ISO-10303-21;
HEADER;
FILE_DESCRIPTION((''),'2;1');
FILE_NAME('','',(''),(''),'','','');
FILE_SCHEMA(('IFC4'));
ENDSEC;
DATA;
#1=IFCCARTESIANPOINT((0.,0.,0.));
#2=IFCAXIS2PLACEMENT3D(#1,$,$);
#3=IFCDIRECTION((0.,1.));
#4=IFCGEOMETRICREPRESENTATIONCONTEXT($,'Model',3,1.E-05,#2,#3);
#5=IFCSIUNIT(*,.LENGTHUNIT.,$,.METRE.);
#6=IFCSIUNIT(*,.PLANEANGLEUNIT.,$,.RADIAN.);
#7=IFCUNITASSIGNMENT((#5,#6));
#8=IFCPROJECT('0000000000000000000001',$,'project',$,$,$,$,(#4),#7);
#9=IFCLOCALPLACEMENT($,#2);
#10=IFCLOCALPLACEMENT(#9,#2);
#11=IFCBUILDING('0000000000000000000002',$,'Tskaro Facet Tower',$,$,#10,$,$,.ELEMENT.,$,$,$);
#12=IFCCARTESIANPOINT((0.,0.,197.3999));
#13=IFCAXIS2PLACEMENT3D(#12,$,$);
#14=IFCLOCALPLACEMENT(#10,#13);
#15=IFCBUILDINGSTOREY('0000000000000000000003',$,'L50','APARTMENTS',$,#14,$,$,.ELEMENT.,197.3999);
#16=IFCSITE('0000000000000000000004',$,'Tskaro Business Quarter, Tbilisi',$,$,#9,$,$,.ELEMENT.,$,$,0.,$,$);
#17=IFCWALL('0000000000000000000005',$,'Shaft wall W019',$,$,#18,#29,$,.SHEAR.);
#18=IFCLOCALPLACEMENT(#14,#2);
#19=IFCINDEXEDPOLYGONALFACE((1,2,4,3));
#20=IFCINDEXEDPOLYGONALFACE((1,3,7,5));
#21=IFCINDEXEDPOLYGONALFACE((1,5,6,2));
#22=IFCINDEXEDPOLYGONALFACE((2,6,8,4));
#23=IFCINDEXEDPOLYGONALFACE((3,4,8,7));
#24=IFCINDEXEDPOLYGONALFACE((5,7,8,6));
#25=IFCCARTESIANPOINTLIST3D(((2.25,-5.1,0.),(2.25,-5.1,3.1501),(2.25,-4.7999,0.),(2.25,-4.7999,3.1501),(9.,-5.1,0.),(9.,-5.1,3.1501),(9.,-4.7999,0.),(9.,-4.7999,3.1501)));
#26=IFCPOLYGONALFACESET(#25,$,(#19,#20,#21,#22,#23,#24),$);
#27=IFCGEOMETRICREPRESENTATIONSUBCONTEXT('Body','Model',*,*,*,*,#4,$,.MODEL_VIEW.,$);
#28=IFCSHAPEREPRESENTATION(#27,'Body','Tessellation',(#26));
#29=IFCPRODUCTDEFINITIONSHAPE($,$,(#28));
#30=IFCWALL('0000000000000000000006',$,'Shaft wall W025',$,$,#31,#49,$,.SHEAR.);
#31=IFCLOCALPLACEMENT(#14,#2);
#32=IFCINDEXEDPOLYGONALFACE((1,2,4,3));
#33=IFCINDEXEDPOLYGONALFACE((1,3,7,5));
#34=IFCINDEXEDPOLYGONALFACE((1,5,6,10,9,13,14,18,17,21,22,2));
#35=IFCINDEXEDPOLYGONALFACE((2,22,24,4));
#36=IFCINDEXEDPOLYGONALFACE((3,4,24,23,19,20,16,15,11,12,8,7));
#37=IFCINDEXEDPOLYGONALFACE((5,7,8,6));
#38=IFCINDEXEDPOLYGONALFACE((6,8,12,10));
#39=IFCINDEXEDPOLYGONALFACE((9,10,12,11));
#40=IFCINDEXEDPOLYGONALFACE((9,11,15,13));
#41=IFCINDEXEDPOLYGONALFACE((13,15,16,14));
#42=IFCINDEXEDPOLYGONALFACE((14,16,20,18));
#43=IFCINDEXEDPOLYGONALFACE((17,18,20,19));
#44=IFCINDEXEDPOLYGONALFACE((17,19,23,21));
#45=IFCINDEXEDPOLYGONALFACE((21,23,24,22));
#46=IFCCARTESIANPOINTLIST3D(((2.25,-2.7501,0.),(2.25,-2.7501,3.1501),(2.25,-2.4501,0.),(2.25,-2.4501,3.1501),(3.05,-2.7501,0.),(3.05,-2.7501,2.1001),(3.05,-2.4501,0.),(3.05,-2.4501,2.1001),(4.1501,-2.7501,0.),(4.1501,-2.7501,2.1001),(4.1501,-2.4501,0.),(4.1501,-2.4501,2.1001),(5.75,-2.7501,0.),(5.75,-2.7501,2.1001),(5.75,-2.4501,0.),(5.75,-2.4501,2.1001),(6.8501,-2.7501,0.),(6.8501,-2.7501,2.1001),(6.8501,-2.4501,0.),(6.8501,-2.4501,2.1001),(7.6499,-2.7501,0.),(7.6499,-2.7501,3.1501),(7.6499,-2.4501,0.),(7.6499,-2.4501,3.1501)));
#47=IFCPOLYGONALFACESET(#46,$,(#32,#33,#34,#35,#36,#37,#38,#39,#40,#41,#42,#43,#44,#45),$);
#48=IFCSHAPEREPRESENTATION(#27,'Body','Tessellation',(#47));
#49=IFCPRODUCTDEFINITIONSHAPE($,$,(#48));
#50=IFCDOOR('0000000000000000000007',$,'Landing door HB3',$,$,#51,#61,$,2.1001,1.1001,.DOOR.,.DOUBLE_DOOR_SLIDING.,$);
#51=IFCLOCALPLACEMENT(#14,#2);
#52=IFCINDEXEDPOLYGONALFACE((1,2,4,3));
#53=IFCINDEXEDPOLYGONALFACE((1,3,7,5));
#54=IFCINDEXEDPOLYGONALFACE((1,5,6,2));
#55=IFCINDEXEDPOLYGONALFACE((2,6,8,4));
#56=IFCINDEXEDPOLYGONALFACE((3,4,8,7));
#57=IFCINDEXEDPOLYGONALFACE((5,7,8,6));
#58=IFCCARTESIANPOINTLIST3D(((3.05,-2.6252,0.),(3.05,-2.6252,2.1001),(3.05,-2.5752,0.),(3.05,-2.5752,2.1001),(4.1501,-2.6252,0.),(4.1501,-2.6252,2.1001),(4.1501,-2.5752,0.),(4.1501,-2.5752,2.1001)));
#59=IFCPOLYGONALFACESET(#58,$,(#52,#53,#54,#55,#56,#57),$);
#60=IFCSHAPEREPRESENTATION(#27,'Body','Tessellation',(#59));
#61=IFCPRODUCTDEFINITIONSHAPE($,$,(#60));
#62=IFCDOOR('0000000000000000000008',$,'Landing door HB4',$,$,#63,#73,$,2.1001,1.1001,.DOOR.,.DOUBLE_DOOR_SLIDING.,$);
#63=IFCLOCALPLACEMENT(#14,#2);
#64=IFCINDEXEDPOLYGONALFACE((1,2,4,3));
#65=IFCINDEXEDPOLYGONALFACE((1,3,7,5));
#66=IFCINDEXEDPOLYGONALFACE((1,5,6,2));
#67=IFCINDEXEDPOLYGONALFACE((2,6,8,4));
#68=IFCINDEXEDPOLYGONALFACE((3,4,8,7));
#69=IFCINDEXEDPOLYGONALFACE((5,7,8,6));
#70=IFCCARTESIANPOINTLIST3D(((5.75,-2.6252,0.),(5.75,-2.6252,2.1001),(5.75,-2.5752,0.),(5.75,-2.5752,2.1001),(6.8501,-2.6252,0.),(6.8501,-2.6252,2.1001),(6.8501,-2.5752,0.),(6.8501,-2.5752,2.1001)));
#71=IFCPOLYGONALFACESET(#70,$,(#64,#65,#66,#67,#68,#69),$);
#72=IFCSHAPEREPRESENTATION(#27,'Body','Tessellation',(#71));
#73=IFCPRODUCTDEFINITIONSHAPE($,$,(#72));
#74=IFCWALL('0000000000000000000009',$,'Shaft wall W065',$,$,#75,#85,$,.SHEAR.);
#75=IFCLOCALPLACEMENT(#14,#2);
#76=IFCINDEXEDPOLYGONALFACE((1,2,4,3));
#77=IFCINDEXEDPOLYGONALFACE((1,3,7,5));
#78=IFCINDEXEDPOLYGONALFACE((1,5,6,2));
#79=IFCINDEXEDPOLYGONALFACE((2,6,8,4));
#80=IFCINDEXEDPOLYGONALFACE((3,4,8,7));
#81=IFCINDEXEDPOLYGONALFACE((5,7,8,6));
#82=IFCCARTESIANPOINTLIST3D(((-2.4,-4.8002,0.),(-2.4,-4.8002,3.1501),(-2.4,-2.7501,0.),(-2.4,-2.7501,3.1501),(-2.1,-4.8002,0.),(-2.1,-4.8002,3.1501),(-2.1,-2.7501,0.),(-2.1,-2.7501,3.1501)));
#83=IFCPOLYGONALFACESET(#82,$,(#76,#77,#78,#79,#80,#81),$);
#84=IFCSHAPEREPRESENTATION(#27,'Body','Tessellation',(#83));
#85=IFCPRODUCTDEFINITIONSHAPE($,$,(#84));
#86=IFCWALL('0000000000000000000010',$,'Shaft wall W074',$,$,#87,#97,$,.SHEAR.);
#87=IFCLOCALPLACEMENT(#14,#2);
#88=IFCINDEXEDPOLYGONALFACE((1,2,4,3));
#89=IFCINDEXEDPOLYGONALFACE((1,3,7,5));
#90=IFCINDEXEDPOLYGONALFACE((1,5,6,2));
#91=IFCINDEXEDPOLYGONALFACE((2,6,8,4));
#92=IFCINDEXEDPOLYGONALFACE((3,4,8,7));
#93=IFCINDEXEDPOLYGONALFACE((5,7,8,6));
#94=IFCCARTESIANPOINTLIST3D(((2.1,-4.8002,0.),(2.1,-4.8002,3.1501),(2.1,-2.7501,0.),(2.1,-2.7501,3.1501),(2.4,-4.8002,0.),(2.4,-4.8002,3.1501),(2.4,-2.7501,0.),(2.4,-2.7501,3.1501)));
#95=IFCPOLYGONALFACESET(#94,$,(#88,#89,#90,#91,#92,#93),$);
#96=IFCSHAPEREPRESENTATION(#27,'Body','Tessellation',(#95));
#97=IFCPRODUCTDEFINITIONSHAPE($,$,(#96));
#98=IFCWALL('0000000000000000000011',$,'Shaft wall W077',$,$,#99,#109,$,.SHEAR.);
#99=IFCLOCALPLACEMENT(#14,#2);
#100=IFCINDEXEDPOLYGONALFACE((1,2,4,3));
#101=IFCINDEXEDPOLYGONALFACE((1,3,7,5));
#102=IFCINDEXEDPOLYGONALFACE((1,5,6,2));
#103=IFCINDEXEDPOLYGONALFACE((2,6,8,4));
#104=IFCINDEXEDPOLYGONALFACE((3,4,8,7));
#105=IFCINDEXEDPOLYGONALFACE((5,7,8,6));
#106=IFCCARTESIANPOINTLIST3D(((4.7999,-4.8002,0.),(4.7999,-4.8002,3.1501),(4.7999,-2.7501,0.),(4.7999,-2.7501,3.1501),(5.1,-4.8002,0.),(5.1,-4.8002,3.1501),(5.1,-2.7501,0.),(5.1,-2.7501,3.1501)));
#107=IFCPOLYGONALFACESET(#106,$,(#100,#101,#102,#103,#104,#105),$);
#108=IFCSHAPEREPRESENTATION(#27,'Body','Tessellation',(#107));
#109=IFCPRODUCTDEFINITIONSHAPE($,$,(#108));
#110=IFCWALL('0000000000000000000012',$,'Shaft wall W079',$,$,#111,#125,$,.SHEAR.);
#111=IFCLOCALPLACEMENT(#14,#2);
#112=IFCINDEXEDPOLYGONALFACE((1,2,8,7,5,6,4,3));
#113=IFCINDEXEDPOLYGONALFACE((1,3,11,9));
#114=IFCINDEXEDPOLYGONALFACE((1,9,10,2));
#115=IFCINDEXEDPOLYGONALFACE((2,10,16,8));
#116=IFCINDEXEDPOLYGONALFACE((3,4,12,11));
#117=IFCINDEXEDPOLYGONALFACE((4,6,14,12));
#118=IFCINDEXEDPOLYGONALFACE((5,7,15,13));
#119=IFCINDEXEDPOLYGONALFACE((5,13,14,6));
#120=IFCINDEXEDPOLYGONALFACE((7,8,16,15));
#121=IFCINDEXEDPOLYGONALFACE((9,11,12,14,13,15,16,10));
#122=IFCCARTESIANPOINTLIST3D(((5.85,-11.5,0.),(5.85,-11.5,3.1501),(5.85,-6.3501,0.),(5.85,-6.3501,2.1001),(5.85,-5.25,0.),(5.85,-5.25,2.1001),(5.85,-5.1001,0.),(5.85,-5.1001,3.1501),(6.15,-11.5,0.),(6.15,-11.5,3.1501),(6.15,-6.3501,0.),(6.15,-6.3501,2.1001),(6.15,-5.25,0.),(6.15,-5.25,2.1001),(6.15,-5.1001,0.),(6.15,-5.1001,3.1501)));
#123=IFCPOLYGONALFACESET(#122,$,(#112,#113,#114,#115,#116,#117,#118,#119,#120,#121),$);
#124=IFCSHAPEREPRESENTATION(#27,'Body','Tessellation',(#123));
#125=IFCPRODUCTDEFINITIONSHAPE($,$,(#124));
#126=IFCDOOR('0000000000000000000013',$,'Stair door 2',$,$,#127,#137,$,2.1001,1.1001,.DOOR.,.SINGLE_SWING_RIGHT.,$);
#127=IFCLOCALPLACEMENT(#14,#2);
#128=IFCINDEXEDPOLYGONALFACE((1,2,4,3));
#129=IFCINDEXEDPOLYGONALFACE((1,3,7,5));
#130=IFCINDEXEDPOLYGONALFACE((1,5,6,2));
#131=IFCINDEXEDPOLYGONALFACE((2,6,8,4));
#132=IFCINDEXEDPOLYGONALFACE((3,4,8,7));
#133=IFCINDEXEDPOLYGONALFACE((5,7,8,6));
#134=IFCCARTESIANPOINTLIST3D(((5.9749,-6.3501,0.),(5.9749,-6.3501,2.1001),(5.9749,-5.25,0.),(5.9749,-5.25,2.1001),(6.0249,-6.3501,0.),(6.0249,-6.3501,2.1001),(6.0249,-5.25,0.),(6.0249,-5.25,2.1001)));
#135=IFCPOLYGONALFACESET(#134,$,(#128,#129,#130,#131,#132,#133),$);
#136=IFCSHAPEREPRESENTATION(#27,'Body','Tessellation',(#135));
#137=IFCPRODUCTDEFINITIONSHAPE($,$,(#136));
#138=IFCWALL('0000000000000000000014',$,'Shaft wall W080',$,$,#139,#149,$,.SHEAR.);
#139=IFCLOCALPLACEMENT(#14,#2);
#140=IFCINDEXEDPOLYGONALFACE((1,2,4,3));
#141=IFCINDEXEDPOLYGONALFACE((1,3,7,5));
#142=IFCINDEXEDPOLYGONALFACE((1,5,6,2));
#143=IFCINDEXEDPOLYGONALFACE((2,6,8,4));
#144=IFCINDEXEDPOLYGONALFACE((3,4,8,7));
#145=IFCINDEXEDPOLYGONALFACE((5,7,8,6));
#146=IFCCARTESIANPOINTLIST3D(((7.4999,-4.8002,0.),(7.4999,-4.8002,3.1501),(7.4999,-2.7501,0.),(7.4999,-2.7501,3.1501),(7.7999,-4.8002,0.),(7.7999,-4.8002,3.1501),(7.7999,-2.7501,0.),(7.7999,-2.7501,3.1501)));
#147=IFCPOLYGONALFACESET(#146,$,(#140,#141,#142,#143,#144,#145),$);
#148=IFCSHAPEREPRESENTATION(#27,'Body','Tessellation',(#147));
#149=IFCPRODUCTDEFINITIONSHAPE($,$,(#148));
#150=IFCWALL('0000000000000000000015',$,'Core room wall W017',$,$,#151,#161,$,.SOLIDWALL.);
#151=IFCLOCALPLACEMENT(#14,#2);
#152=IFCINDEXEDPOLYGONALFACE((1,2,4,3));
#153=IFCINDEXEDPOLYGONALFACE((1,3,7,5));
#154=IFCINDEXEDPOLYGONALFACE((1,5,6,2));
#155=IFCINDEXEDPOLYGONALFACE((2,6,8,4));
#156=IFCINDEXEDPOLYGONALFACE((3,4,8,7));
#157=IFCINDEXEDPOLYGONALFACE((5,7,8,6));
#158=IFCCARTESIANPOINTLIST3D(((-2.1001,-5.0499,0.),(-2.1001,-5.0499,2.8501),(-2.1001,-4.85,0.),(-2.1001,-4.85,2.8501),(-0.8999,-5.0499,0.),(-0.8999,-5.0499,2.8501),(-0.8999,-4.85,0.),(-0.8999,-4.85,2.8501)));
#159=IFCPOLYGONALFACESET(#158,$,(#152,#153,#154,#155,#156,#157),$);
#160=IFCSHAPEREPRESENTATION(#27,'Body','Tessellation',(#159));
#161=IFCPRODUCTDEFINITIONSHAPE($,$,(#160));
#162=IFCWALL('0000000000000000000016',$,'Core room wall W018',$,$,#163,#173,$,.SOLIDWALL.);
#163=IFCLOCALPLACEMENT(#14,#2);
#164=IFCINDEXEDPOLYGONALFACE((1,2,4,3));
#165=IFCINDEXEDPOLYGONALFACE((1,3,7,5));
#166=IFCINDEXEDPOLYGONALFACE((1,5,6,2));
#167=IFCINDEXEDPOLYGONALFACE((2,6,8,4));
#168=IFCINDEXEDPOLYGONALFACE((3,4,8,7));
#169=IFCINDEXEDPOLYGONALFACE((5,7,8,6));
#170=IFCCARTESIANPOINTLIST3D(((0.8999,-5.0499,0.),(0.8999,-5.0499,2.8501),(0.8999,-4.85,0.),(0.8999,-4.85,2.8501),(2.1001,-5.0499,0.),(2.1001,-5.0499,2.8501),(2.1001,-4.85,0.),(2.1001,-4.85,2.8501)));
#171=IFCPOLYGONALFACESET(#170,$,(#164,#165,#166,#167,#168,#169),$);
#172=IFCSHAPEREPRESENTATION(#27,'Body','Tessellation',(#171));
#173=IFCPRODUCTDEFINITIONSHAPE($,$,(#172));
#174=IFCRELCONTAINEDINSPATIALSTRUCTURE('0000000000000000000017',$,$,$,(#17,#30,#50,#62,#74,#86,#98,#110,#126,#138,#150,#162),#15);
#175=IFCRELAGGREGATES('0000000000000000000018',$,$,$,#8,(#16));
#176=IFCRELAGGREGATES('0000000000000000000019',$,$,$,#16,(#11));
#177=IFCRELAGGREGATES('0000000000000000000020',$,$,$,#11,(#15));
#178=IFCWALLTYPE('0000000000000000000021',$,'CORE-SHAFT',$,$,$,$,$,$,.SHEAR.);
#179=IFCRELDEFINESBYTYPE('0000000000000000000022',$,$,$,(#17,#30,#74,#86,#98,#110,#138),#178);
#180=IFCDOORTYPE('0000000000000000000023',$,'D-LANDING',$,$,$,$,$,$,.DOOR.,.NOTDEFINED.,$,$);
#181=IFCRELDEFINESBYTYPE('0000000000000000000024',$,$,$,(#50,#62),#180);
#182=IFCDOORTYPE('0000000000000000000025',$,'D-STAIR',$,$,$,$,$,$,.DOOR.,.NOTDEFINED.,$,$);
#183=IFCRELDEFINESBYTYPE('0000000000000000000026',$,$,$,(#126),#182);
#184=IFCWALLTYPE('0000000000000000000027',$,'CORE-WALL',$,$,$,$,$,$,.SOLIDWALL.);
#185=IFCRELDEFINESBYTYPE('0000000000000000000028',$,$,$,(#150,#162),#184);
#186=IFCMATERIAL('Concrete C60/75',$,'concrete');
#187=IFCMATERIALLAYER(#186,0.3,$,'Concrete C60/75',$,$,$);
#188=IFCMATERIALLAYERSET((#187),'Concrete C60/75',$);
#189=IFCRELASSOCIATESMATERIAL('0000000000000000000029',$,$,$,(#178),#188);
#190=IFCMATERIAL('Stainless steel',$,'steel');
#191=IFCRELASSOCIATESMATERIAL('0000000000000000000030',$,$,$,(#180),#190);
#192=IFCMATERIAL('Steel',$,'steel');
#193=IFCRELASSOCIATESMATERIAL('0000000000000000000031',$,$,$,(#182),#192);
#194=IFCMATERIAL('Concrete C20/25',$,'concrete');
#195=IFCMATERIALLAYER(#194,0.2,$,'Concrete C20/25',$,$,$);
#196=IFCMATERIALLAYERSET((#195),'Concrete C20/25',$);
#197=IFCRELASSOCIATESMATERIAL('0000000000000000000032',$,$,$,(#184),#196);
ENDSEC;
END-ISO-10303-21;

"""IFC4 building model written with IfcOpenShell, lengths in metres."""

from ifc_helpers import new_model, si_unit, direction, frame, frame_2d, origin, place, context, subcontext, project, spatial, rectangle, extrude, material, layer, layer_set, type_object, element, fill, save


model = new_model("IFC4")

# Units and contexts
model_context = context("Model", 3, precision=1e-05, world=origin(), true_north=direction((0.0, 1.0)))
body_context = subcontext(model_context, "Body", "Model", "MODEL_VIEW")
ifc_project = project(units=[si_unit("LENGTHUNIT", "METRE"), si_unit("PLANEANGLEUNIT", "RADIAN")], contexts=[model_context])

# Site, building, storey
site_placement = place(None, origin())
site = spatial("IfcSite", under=ifc_project, at=site_placement, Name="Tskaro Business Quarter, Tbilisi", CompositionType="ELEMENT", RefElevation=0.0)
building_placement = place(site_placement, origin())
building = spatial("IfcBuilding", under=site, at=building_placement, Name="Tskaro Facet Tower", CompositionType="ELEMENT")
storey_placement = place(building_placement, frame((0.0, 0.0, 197.3999)))
storey = spatial("IfcBuildingStorey", under=building, at=storey_placement, Name="L50", Description="APARTMENTS", CompositionType="ELEMENT", Elevation=197.3999)

# Wall
ifc_material_1 = material(Name="Concrete C60/75", Category="concrete")
ifc_layer_1 = layer(ifc_material_1, 0.3, Name="Concrete C60/75")
ifc_layer_set_1 = layer_set([ifc_layer_1], Name="Concrete C60/75")
wall_type_1 = type_object("IfcWallType", Name="CORE-SHAFT", PredefinedType="SHEAR", material=ifc_layer_set_1)
wall_1_placement = place(storey_placement, frame((2.25, -4.95, 0.0), z_axis=(0.0, 0.0, 1.0), x_axis=(1.0, 0.0, 0.0)))
element("IfcWall", 1, at=wall_1_placement, inside=storey, type_object=wall_type_1, Name="Shaft wall W019", PredefinedType="SHEAR", context=body_context, shape_type="SweptSolid", body=[
    extrude(rectangle(XDim=6.75, YDim=0.3, at=frame_2d((3.375, 0.0))), origin(), (0.0, 0.0, 1.0), 3.1501),
])

# Wall, openings, doors
wall_2_placement = place(storey_placement, frame((2.25, -2.6001, 0.0), z_axis=(0.0, 0.0, 1.0), x_axis=(1.0, 0.0, 0.0)))
wall_2 = element("IfcWall", 2, at=wall_2_placement, inside=storey, type_object=wall_type_1, Name="Shaft wall W025", PredefinedType="SHEAR", context=body_context, shape_type="SweptSolid", body=[
    extrude(rectangle(XDim=5.3999, YDim=0.3, at=frame_2d((2.7, 0.0))), origin(), (0.0, 0.0, 1.0), 3.1501),
])
opening_1_placement = place(wall_2_placement, frame((0.8, 0.0, 0.0)))
opening_1 = element("IfcOpeningElement", 3, at=opening_1_placement, cuts=wall_2, PredefinedType="OPENING", context=body_context, shape_type="SweptSolid", body=[
    extrude(rectangle(XDim=1.1001, YDim=2.1001, at=frame_2d((0.55, 1.05))), frame((0.0, 0.1599, 0.0), z_axis=(0.0, -1.0, 0.0), x_axis=(1.0, 0.0, 0.0)), (0.0, 0.0, 1.0), 0.3201),
])
opening_2_placement = place(wall_2_placement, frame((3.5, 0.0, 0.0)))
opening_2 = element("IfcOpeningElement", 4, at=opening_2_placement, cuts=wall_2, PredefinedType="OPENING", context=body_context, shape_type="SweptSolid", body=[
    extrude(rectangle(XDim=1.1001, YDim=2.1001, at=frame_2d((0.55, 1.05))), frame((0.0, 0.1599, 0.0), z_axis=(0.0, -1.0, 0.0), x_axis=(1.0, 0.0, 0.0)), (0.0, 0.0, 1.0), 0.3201),
])
ifc_material_2 = material(Name="Stainless steel", Category="steel")
door_type_1 = type_object("IfcDoorType", Name="D-LANDING", OperationType="NOTDEFINED", PredefinedType="DOOR", material=ifc_material_2)
door_1_placement = place(opening_1_placement, origin())
door_1 = element("IfcDoor", 5, at=door_1_placement, inside=storey, type_object=door_type_1, Name="Landing door HB3", OperationType="DOUBLE_DOOR_SLIDING", OverallHeight=2.1001, OverallWidth=1.1001, PredefinedType="DOOR", context=body_context, shape_type="SweptSolid", body=[
    extrude(rectangle(XDim=1.1001, YDim=2.1001, at=frame_2d((0.55, 1.05))), frame((0.0, 0.0249, 0.0), z_axis=(0.0, -1.0, 0.0), x_axis=(1.0, 0.0, 0.0)), (0.0, 0.0, 1.0), 0.05),
])
fill(opening_1, door_1)
door_2_placement = place(opening_2_placement, origin())
door_2 = element("IfcDoor", 6, at=door_2_placement, inside=storey, type_object=door_type_1, Name="Landing door HB4", OperationType="DOUBLE_DOOR_SLIDING", OverallHeight=2.1001, OverallWidth=1.1001, PredefinedType="DOOR", context=body_context, shape_type="SweptSolid", body=[
    extrude(rectangle(XDim=1.1001, YDim=2.1001, at=frame_2d((0.55, 1.05))), frame((0.0, 0.0249, 0.0), z_axis=(0.0, -1.0, 0.0), x_axis=(1.0, 0.0, 0.0)), (0.0, 0.0, 1.0), 0.05),
])
fill(opening_2, door_2)

# Walls
for number, where, z_axis, x_axis, name in (
    (7, (-2.25, -4.8, 0.0), (0.0, 0.0, 1.0), (0.0, 1.0, 0.0), "Shaft wall W065"),
    (8, (2.25, -4.8, 0.0), (0.0, 0.0, 1.0), (0.0, 1.0, 0.0), "Shaft wall W074"),
    (9, (4.95, -4.8, 0.0), (0.0, 0.0, 1.0), (0.0, 1.0, 0.0), "Shaft wall W077"),
):
    element("IfcWall", number, at=place(storey_placement, frame(where, z_axis=z_axis, x_axis=x_axis)), inside=storey, type_object=wall_type_1, Name=name, PredefinedType="SHEAR", context=body_context, shape_type="SweptSolid", body=[
        extrude(rectangle(XDim=2.05, YDim=0.3, at=frame_2d((1.0249, 0.0))), origin(), (0.0, 0.0, 1.0), 3.1501),
    ])

# Wall, opening, door
wall_3_placement = place(storey_placement, frame((6.0, -5.1001, 0.0), z_axis=(0.0, 0.0, 1.0), x_axis=(0.0, -1.0, 0.0)))
wall_3 = element("IfcWall", 10, at=wall_3_placement, inside=storey, type_object=wall_type_1, Name="Shaft wall W079", PredefinedType="SHEAR", context=body_context, shape_type="SweptSolid", body=[
    extrude(rectangle(XDim=6.3999, YDim=0.3, at=frame_2d((3.2, 0.0))), origin(), (0.0, 0.0, 1.0), 3.1501),
])
opening_3_placement = place(wall_3_placement, frame((0.1499, 0.0, 0.0)))
opening_3 = element("IfcOpeningElement", 11, at=opening_3_placement, cuts=wall_3, PredefinedType="OPENING", context=body_context, shape_type="SweptSolid", body=[
    extrude(rectangle(XDim=1.1001, YDim=2.1001, at=frame_2d((0.55, 1.05))), frame((0.0, 0.1599, 0.0), z_axis=(0.0, -1.0, 0.0), x_axis=(1.0, 0.0, 0.0)), (0.0, 0.0, 1.0), 0.3201),
])
ifc_material_3 = material(Name="Steel", Category="steel")
door_type_2 = type_object("IfcDoorType", Name="D-STAIR", OperationType="NOTDEFINED", PredefinedType="DOOR", material=ifc_material_3)
door_3_placement = place(opening_3_placement, origin())
door_3 = element("IfcDoor", 12, at=door_3_placement, inside=storey, type_object=door_type_2, Name="Stair door 2", OperationType="SINGLE_SWING_RIGHT", OverallHeight=2.1001, OverallWidth=1.1001, PredefinedType="DOOR", context=body_context, shape_type="SweptSolid", body=[
    extrude(rectangle(XDim=1.1001, YDim=2.1001, at=frame_2d((0.55, 1.05))), frame((0.0, 0.0249, 0.0), z_axis=(0.0, -1.0, 0.0), x_axis=(1.0, 0.0, 0.0)), (0.0, 0.0, 1.0), 0.05),
])
fill(opening_3, door_3)

# Walls
wall_4_placement = place(storey_placement, frame((7.6499, -4.8, 0.0), z_axis=(0.0, 0.0, 1.0), x_axis=(0.0, 1.0, 0.0)))
element("IfcWall", 13, at=wall_4_placement, inside=storey, type_object=wall_type_1, Name="Shaft wall W080", PredefinedType="SHEAR", context=body_context, shape_type="SweptSolid", body=[
    extrude(rectangle(XDim=2.05, YDim=0.3, at=frame_2d((1.0249, 0.0))), origin(), (0.0, 0.0, 1.0), 3.1501),
])
ifc_material_4 = material(Name="Concrete C20/25", Category="concrete")
ifc_layer_2 = layer(ifc_material_4, 0.2, Name="Concrete C20/25")
ifc_layer_set_2 = layer_set([ifc_layer_2], Name="Concrete C20/25")
wall_type_2 = type_object("IfcWallType", Name="CORE-WALL", PredefinedType="SOLIDWALL", material=ifc_layer_set_2)
for number, where, z_axis, x_axis, name in (
    (14, (-2.1001, -4.95, 0.0), (0.0, 0.0, 1.0), (1.0, 0.0, 0.0), "Core room wall W017"),
    (15, (0.8999, -4.95, 0.0), (0.0, 0.0, 1.0), (1.0, 0.0, 0.0), "Core room wall W018"),
):
    element("IfcWall", number, at=place(storey_placement, frame(where, z_axis=z_axis, x_axis=x_axis)), inside=storey, type_object=wall_type_2, Name=name, PredefinedType="SOLIDWALL", context=body_context, shape_type="SweptSolid", body=[
        extrude(rectangle(XDim=1.2002, YDim=0.2, at=frame_2d((0.6001, 0.0))), origin(), (0.0, 0.0, 1.0), 2.8501),
    ])

save(model, "model.ifc")
